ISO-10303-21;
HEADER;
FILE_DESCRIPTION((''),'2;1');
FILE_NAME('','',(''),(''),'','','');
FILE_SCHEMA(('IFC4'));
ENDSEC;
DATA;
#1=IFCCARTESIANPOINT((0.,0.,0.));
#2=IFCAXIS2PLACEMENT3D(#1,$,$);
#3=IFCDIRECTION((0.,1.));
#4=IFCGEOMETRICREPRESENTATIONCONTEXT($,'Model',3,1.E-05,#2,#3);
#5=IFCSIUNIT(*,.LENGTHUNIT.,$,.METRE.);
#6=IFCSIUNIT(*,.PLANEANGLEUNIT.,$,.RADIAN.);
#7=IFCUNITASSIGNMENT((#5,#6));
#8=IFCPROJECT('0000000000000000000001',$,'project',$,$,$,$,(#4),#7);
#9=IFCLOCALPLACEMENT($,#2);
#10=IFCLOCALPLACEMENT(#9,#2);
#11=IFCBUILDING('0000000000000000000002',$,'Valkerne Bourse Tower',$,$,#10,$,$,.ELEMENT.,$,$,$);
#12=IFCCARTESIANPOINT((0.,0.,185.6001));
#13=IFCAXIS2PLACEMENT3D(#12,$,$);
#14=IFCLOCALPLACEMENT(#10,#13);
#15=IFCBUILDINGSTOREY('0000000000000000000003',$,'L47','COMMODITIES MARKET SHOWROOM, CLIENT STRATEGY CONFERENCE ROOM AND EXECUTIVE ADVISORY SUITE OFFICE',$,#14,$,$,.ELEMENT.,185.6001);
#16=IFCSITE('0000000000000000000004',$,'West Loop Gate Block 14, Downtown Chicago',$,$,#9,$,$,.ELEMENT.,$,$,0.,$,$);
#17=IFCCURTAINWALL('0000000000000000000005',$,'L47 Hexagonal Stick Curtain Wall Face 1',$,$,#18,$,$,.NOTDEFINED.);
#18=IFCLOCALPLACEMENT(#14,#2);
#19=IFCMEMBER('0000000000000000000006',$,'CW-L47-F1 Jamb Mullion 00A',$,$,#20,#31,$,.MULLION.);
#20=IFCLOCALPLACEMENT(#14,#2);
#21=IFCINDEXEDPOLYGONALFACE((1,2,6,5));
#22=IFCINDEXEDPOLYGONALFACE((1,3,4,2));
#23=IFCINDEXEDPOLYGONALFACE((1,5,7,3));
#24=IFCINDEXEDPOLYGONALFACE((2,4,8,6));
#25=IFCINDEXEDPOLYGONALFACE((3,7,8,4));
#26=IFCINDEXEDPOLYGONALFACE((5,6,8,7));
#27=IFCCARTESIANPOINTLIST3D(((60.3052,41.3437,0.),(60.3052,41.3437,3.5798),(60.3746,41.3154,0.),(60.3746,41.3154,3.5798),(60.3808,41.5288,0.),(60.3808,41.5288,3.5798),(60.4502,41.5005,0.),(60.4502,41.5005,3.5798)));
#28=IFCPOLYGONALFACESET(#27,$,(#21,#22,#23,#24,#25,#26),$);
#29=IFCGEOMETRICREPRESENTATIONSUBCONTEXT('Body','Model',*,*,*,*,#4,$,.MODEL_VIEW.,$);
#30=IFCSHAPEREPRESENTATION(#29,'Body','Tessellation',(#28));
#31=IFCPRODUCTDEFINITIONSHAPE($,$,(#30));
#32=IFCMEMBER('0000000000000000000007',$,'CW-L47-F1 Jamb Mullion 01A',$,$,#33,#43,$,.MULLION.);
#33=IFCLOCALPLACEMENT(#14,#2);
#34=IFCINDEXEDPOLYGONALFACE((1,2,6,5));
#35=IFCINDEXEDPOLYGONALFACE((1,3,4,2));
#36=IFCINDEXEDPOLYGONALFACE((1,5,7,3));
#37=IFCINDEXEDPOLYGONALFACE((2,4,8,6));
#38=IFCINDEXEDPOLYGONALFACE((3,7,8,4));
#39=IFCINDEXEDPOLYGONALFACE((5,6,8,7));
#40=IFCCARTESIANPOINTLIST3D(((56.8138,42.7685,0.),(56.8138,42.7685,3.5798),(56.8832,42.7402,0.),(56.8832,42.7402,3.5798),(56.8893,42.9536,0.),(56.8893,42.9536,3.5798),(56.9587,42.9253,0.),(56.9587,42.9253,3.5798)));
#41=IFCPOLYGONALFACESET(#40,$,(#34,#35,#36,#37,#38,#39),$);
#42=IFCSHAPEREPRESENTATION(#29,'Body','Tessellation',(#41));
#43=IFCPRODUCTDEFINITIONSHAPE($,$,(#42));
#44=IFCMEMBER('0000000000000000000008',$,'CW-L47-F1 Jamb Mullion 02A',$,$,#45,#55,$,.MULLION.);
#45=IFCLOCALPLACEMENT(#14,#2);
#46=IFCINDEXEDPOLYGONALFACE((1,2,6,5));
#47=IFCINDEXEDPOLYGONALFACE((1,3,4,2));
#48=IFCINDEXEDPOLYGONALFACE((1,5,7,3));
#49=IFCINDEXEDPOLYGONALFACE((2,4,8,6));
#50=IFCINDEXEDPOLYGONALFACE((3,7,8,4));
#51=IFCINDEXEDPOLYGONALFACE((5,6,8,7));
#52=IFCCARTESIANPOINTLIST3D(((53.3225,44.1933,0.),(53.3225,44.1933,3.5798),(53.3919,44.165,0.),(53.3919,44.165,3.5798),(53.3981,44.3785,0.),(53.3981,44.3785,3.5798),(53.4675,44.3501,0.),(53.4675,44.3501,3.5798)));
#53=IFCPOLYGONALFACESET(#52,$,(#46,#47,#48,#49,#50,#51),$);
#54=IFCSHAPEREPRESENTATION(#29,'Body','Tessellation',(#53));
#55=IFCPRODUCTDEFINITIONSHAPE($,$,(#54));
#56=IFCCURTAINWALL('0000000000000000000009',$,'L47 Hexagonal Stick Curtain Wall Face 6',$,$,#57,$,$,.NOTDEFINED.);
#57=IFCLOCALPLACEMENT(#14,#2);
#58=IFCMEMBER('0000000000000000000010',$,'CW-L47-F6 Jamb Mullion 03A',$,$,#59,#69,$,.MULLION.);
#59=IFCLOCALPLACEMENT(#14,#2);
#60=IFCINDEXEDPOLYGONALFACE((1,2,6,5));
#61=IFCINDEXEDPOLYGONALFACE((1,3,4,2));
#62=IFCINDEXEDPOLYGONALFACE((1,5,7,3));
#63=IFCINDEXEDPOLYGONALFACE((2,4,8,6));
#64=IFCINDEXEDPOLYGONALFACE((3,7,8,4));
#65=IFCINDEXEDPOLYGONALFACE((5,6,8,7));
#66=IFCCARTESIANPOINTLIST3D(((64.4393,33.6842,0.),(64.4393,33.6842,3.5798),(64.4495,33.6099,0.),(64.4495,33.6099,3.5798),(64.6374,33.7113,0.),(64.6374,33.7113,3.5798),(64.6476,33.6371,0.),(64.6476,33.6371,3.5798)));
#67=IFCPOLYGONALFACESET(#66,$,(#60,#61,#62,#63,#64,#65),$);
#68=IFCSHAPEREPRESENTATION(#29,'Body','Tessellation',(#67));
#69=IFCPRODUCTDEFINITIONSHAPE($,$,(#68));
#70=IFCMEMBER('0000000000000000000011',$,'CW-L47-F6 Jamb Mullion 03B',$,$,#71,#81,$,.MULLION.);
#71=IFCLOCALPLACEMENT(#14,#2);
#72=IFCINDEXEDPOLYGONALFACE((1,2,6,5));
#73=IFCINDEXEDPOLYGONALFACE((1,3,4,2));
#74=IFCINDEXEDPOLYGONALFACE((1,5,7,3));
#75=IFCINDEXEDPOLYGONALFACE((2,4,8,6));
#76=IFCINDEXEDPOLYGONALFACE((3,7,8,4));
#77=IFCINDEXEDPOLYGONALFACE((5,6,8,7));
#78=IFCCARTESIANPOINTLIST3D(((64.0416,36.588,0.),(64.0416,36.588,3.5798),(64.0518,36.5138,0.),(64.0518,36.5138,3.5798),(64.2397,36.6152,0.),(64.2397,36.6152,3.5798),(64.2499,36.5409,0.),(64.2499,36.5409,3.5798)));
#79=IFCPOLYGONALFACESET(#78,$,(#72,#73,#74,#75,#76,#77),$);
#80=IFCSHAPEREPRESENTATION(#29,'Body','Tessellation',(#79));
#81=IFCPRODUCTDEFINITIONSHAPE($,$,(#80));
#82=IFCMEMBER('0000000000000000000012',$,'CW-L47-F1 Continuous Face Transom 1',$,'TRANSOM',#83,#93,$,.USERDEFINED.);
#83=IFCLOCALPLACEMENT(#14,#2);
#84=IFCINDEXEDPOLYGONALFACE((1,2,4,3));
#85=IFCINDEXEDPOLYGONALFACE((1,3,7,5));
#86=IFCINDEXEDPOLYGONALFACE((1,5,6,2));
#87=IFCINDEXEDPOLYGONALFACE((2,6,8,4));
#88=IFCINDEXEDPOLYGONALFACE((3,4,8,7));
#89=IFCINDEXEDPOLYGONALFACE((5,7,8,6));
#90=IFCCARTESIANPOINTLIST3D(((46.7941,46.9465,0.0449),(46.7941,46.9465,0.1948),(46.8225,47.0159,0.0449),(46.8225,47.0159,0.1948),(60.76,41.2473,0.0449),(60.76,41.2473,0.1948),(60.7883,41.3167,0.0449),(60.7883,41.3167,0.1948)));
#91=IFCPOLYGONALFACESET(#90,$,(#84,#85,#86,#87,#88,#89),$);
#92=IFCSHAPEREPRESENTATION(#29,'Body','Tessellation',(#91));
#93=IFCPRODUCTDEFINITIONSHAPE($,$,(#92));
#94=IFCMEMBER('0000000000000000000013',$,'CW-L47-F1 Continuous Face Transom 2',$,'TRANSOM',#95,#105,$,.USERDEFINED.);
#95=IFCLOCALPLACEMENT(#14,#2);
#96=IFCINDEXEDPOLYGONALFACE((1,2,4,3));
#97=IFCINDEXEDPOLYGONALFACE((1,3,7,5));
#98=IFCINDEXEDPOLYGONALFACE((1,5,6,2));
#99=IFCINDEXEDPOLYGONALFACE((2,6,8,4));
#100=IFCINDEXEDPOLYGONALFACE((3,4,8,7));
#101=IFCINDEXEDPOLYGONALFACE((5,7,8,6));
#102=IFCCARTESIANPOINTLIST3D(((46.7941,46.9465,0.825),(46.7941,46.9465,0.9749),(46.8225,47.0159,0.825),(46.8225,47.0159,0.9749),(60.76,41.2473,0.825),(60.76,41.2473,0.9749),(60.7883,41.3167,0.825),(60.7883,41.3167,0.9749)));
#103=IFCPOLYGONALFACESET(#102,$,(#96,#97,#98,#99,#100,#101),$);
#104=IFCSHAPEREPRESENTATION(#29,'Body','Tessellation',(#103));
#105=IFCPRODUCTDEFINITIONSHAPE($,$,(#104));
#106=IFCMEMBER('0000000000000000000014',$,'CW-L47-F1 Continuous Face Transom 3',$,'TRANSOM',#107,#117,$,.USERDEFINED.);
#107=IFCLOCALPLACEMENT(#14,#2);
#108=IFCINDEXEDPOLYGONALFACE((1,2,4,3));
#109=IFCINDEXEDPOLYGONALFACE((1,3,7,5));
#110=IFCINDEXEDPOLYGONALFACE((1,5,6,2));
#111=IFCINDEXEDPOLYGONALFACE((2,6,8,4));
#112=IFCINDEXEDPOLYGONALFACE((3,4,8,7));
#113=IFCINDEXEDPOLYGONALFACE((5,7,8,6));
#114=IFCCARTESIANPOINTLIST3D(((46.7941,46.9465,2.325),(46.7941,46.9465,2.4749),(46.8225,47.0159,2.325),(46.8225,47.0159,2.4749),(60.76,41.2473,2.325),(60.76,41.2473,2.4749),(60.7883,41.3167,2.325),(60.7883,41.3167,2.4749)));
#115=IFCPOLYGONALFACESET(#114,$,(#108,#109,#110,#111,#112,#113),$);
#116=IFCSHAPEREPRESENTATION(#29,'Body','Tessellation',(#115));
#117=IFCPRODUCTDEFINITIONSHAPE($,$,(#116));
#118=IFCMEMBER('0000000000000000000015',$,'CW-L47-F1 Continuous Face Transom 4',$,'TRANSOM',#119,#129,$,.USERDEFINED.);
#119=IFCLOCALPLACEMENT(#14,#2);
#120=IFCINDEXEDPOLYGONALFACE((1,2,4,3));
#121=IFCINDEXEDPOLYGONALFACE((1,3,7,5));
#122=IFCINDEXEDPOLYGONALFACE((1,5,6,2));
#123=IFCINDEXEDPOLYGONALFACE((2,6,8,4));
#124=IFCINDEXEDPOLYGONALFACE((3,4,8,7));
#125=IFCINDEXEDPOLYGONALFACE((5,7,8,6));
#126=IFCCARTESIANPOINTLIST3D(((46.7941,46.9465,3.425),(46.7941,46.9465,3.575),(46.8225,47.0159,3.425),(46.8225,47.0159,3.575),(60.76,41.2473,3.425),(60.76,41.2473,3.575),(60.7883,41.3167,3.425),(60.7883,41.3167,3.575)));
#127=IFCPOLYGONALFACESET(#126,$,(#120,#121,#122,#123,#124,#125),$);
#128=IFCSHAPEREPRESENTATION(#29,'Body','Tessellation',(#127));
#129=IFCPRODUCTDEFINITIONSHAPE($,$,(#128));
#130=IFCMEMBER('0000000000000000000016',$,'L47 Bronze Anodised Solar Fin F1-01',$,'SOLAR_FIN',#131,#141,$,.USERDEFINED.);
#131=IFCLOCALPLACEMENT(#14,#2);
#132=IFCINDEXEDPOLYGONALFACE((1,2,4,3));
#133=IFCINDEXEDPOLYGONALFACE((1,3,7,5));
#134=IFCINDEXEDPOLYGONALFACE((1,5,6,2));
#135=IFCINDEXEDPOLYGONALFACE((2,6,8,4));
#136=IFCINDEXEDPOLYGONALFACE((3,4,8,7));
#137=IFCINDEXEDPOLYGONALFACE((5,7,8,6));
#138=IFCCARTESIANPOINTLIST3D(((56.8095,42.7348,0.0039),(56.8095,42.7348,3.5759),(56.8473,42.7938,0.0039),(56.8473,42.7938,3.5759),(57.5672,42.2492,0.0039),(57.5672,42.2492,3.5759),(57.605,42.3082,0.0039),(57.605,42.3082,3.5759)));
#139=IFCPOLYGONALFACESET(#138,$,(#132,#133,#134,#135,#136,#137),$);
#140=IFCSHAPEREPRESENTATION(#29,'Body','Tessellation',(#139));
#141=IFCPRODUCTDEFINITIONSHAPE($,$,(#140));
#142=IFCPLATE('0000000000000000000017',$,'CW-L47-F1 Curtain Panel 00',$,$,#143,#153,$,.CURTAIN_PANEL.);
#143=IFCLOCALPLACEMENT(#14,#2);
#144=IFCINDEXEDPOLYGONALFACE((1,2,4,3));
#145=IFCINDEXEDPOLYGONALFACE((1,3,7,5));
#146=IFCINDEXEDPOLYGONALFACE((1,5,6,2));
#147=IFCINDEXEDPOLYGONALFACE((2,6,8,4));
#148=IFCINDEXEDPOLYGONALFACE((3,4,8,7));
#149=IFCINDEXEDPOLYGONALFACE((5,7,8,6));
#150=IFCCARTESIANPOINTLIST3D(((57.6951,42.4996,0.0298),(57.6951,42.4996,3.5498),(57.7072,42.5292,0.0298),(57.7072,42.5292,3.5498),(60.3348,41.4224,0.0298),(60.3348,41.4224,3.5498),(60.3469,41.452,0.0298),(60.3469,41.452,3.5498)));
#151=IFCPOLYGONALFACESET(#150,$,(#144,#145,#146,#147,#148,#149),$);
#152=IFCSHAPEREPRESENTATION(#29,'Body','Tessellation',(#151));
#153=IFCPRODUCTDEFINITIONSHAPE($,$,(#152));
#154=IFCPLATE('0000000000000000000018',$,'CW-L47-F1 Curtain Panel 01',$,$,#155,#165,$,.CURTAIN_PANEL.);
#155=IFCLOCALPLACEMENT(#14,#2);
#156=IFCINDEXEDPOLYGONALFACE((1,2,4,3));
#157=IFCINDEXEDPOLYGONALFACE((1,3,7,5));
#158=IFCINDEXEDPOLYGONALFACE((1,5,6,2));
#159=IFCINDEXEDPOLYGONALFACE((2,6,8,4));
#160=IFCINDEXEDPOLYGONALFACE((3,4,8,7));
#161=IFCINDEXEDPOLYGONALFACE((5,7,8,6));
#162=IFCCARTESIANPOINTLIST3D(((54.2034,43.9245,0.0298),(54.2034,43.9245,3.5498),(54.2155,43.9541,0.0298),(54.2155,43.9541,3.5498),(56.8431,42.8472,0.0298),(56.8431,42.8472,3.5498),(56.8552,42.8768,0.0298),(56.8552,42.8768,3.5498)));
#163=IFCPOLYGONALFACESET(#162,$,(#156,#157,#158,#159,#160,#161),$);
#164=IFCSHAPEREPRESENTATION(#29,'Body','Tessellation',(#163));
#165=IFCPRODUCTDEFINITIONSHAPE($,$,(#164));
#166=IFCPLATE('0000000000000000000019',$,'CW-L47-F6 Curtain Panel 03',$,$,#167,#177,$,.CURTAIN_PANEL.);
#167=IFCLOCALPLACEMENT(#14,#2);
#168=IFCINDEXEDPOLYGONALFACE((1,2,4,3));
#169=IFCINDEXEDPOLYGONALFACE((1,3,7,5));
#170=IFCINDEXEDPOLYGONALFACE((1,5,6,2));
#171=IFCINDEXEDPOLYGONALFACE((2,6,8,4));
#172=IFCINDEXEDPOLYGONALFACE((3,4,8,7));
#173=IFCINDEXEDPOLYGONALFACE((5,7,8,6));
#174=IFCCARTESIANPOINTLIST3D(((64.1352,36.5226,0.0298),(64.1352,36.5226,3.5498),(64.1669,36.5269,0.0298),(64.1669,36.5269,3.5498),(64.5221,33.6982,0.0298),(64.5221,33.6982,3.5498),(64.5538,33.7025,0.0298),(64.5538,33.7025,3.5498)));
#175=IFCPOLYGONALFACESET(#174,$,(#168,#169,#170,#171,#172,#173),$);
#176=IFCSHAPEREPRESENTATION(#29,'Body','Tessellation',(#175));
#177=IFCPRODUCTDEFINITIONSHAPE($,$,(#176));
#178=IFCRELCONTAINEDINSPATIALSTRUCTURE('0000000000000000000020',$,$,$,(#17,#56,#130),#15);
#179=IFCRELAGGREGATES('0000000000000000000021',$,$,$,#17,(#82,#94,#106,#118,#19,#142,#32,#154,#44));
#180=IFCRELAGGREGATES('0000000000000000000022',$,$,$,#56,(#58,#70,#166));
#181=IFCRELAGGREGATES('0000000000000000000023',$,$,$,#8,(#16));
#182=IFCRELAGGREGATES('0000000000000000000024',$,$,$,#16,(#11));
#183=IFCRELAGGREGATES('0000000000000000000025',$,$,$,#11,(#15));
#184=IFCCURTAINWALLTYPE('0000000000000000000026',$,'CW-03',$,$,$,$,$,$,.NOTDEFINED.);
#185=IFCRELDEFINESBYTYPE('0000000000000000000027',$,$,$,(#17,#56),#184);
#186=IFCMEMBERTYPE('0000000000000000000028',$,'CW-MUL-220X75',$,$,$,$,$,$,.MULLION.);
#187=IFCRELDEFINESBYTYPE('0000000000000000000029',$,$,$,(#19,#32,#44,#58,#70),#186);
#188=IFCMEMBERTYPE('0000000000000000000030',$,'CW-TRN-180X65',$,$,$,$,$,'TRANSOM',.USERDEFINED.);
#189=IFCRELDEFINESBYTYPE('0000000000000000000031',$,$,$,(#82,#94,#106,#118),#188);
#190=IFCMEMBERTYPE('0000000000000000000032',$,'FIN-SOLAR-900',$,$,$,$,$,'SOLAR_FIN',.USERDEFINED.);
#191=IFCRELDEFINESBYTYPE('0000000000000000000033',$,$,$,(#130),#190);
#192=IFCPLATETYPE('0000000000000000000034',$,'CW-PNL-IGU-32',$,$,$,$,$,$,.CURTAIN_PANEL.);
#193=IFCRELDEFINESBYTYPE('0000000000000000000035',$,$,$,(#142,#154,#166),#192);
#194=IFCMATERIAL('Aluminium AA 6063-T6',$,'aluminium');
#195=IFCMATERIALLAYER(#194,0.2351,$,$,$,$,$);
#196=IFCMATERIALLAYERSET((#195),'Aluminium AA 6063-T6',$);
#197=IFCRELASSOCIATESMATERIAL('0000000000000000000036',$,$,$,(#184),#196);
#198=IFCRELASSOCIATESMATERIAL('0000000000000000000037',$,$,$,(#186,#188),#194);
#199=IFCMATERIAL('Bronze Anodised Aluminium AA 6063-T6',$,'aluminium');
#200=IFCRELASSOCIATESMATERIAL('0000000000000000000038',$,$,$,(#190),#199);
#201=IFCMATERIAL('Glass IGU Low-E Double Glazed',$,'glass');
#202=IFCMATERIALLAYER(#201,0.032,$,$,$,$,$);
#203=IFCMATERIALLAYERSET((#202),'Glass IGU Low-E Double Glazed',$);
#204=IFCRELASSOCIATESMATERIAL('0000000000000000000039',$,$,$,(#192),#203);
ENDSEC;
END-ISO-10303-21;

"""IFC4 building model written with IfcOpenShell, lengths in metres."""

from ifc_helpers import new_model, si_unit, direction, frame, origin, origin_2d, place, context, subcontext, project, spatial, rectangle, extrude, material, layer, layer_set, material_profile, profile_set, type_object, element, aggregate, save


model = new_model("IFC4")

# Units and contexts
model_context = context("Model", 3, precision=1e-05, world=origin(), true_north=direction((0.0, 1.0)))
body_context = subcontext(model_context, "Body", "Model", "MODEL_VIEW")
ifc_project = project(units=[si_unit("LENGTHUNIT", "METRE"), si_unit("PLANEANGLEUNIT", "RADIAN")], contexts=[model_context])

# Site, building, storey
site_placement = place(None, origin())
site = spatial("IfcSite", under=ifc_project, at=site_placement, Name="West Loop Gate Block 14, Downtown Chicago", CompositionType="ELEMENT", RefElevation=0.0)
building_placement = place(site_placement, origin())
building = spatial("IfcBuilding", under=site, at=building_placement, Name="Valkerne Bourse Tower", CompositionType="ELEMENT")
storey_placement = place(building_placement, frame((0.0, 0.0, 185.6001)))
storey = spatial("IfcBuildingStorey", under=building, at=storey_placement, Name="L47", Description="COMMODITIES MARKET SHOWROOM, CLIENT STRATEGY CONFERENCE ROOM AND EXECUTIVE ADVISORY SUITE OFFICE", CompositionType="ELEMENT", Elevation=185.6001)

# Curtain walls, members
ifc_material_1 = material(Name="Aluminium AA 6063-T6", Category="aluminium")
ifc_layer_1 = layer(ifc_material_1, 0.2351)
ifc_layer_set_1 = layer_set([ifc_layer_1], Name="Aluminium AA 6063-T6")
curtain_wall_type = type_object("IfcCurtainWallType", Name="CW-03", PredefinedType="NOTDEFINED", material=ifc_layer_set_1)
curtain_wall_1_placement = place(storey_placement, origin())
curtain_wall_1 = element("IfcCurtainWall", 1, at=curtain_wall_1_placement, inside=storey, type_object=curtain_wall_type, Name="L47 Hexagonal Stick Curtain Wall Face 1", PredefinedType="NOTDEFINED")
ifc_material_profile_1 = material_profile(ifc_material_1, rectangle(XDim=0.075, YDim=0.2, at=origin_2d()), Name="CWM-75X200")
ifc_profile_set_1 = profile_set([ifc_material_profile_1], Name="Aluminium AA 6063-T6")
member_type_1 = type_object("IfcMemberType", Name="CW-MUL-220X75", PredefinedType="MULLION", material=ifc_profile_set_1)
member_1_placement = place(storey_placement, frame((60.3777, 41.4221, 0.0), z_axis=(0.0, 0.0, 1.0), x_axis=(-0.925876, 0.377828, 0.0)))
member_1 = element("IfcMember", 2, at=member_1_placement, type_object=member_type_1, Name="CW-L47-F1 Jamb Mullion 00A", PredefinedType="MULLION", context=body_context, shape_type="SweptSolid", body=[
    extrude(rectangle(XDim=0.075, YDim=0.2, at=origin_2d()), origin(), (0.0, 0.0, 1.0), 3.5798),
])
member_2_placement = place(storey_placement, frame((56.8862, 42.8469, 0.0), z_axis=(0.0, 0.0, 1.0), x_axis=(-0.925863, 0.37786, 0.0)))
member_2 = element("IfcMember", 3, at=member_2_placement, type_object=member_type_1, Name="CW-L47-F1 Jamb Mullion 01A", PredefinedType="MULLION", context=body_context, shape_type="SweptSolid", body=[
    extrude(rectangle(XDim=0.075, YDim=0.2, at=origin_2d()), origin(), (0.0, 0.0, 1.0), 3.5798),
])
member_3_placement = place(storey_placement, frame((53.395, 44.2717, 0.0), z_axis=(0.0, 0.0, 1.0), x_axis=(-0.925876, 0.377828, 0.0)))
member_3 = element("IfcMember", 4, at=member_3_placement, type_object=member_type_1, Name="CW-L47-F1 Jamb Mullion 02A", PredefinedType="MULLION", context=body_context, shape_type="SweptSolid", body=[
    extrude(rectangle(XDim=0.075, YDim=0.2, at=origin_2d()), origin(), (0.0, 0.0, 1.0), 3.5798),
])
curtain_wall_2_placement = place(storey_placement, origin())
curtain_wall_2 = element("IfcCurtainWall", 5, at=curtain_wall_2_placement, inside=storey, type_object=curtain_wall_type, Name="L47 Hexagonal Stick Curtain Wall Face 6", PredefinedType="NOTDEFINED")
member_4_placement = place(storey_placement, frame((64.5435, 33.6606, 0.0), z_axis=(0.0, 0.0, 1.0), x_axis=(-0.13572, 0.990747, 0.0)))
member_4 = element("IfcMember", 6, at=member_4_placement, type_object=member_type_1, Name="CW-L47-F6 Jamb Mullion 03A", PredefinedType="MULLION", context=body_context, shape_type="SweptSolid", body=[
    extrude(rectangle(XDim=0.075, YDim=0.2, at=origin_2d()), origin(), (0.0, 0.0, 1.0), 3.5798),
])
member_5_placement = place(storey_placement, frame((64.1458, 36.5645, 0.0), z_axis=(0.0, 0.0, 1.0), x_axis=(-0.13572, 0.990747, 0.0)))
member_5 = element("IfcMember", 7, at=member_5_placement, type_object=member_type_1, Name="CW-L47-F6 Jamb Mullion 03B", PredefinedType="MULLION", context=body_context, shape_type="SweptSolid", body=[
    extrude(rectangle(XDim=0.075, YDim=0.2, at=origin_2d()), origin(), (0.0, 0.0, 1.0), 3.5798),
])

# Members
ifc_material_profile_2 = material_profile(ifc_material_1, rectangle(XDim=0.075, YDim=0.1499, at=origin_2d()), Name="CWT-75X150")
ifc_profile_set_2 = profile_set([ifc_material_profile_2], Name="Aluminium AA 6063-T6")
member_type_2 = type_object("IfcMemberType", Name="CW-TRN-180X65", ElementType="TRANSOM", PredefinedType="USERDEFINED", material=ifc_profile_set_2)
member_6_placement = place(storey_placement, frame((60.7742, 41.282, 0.1199), z_axis=(-0.925874, 0.377834, 0.0), x_axis=(-0.377834, -0.925874, 0.0)))
member_6 = element("IfcMember", 8, at=member_6_placement, type_object=member_type_2, Name="CW-L47-F1 Continuous Face Transom 1", ObjectType="TRANSOM", PredefinedType="USERDEFINED", context=body_context, shape_type="SweptSolid", body=[
    extrude(rectangle(XDim=0.075, YDim=0.1499, at=origin_2d()), origin(), (0.0, 0.0, 1.0), 15.084),
])
member_7_placement = place(storey_placement, frame((60.7742, 41.282, 0.8999), z_axis=(-0.925874, 0.377834, 0.0), x_axis=(-0.377834, -0.925874, 0.0)))
member_7 = element("IfcMember", 9, at=member_7_placement, type_object=member_type_2, Name="CW-L47-F1 Continuous Face Transom 2", ObjectType="TRANSOM", PredefinedType="USERDEFINED", context=body_context, shape_type="SweptSolid", body=[
    extrude(rectangle(XDim=0.075, YDim=0.1499, at=origin_2d()), origin(), (0.0, 0.0, 1.0), 15.084),
])
member_8_placement = place(storey_placement, frame((60.7742, 41.282, 2.3999), z_axis=(-0.925874, 0.377834, 0.0), x_axis=(-0.377834, -0.925874, 0.0)))
member_8 = element("IfcMember", 10, at=member_8_placement, type_object=member_type_2, Name="CW-L47-F1 Continuous Face Transom 3", ObjectType="TRANSOM", PredefinedType="USERDEFINED", context=body_context, shape_type="SweptSolid", body=[
    extrude(rectangle(XDim=0.075, YDim=0.1499, at=origin_2d()), origin(), (0.0, 0.0, 1.0), 15.084),
])
member_9_placement = place(storey_placement, frame((60.7742, 41.282, 3.5), z_axis=(-0.925874, 0.377834, 0.0), x_axis=(-0.377834, -0.925874, 0.0)))
member_9 = element("IfcMember", 11, at=member_9_placement, type_object=member_type_2, Name="CW-L47-F1 Continuous Face Transom 4", ObjectType="TRANSOM", PredefinedType="USERDEFINED", context=body_context, shape_type="SweptSolid", body=[
    extrude(rectangle(XDim=0.075, YDim=0.1499, at=origin_2d()), origin(), (0.0, 0.0, 1.0), 15.084),
])
ifc_material_2 = material(Name="Bronze Anodised Aluminium AA 6063-T6", Category="aluminium")
ifc_material_profile_3 = material_profile(ifc_material_2, rectangle(XDim=0.0701, YDim=0.8999, at=origin_2d()), Name="FIN-70X900")
ifc_profile_set_3 = profile_set([ifc_material_profile_3], Name="Bronze Anodised Aluminium AA 6063-T6")
member_type_3 = type_object("IfcMemberType", Name="FIN-SOLAR-900", ElementType="SOLAR_FIN", PredefinedType="USERDEFINED", material=ifc_profile_set_3)
member_10_placement = place(storey_placement, frame((57.2073, 42.5215, 0.0039), z_axis=(0.0, 0.0, 1.0), x_axis=(0.539564, 0.841945, 0.0)))
element("IfcMember", 12, at=member_10_placement, inside=storey, type_object=member_type_3, Name="L47 Bronze Anodised Solar Fin F1-01", ObjectType="SOLAR_FIN", PredefinedType="USERDEFINED", context=body_context, shape_type="SweptSolid", body=[
    extrude(rectangle(XDim=0.0701, YDim=0.8999, at=origin_2d()), origin(), (0.0, 0.0, 1.0), 3.572),
])

# Plates
ifc_material_3 = material(Name="Glass IGU Low-E Double Glazed", Category="glass")
ifc_layer_2 = layer(ifc_material_3, 0.032)
ifc_layer_set_2 = layer_set([ifc_layer_2], Name="Glass IGU Low-E Double Glazed")
plate_type = type_object("IfcPlateType", Name="CW-PNL-IGU-32", PredefinedType="CURTAIN_PANEL", material=ifc_layer_set_2)
plate_1_placement = place(storey_placement, frame((59.021, 41.9758, 0.0298), z_axis=(0.0, 0.0, 1.0), x_axis=(-0.925876, 0.377828, 0.0)))
plate_1 = element("IfcPlate", 13, at=plate_1_placement, type_object=plate_type, Name="CW-L47-F1 Curtain Panel 00", PredefinedType="CURTAIN_PANEL", context=body_context, shape_type="SweptSolid", body=[
    extrude(rectangle(XDim=2.8511, YDim=0.032, at=origin_2d()), origin(), (0.0, 0.0, 1.0), 3.52),
])
plate_2_placement = place(storey_placement, frame((55.5293, 43.4006, 0.0298), z_axis=(0.0, 0.0, 1.0), x_axis=(-0.925863, 0.37786, 0.0)))
plate_2 = element("IfcPlate", 14, at=plate_2_placement, type_object=plate_type, Name="CW-L47-F1 Curtain Panel 01", PredefinedType="CURTAIN_PANEL", context=body_context, shape_type="SweptSolid", body=[
    extrude(rectangle(XDim=2.8511, YDim=0.032, at=origin_2d()), origin(), (0.0, 0.0, 1.0), 3.52),
])
aggregate(curtain_wall_1, [member_6, member_7, member_8, member_9, member_1, plate_1, member_2, plate_2, member_3])
plate_3_placement = place(storey_placement, frame((64.3445, 35.1125, 0.0298), z_axis=(0.0, 0.0, 1.0), x_axis=(-0.13572, 0.990747, 0.0)))
plate_3 = element("IfcPlate", 15, at=plate_3_placement, type_object=plate_type, Name="CW-L47-F6 Curtain Panel 03", PredefinedType="CURTAIN_PANEL", context=body_context, shape_type="SweptSolid", body=[
    extrude(rectangle(XDim=2.8508, YDim=0.032, at=origin_2d()), origin(), (0.0, 0.0, 1.0), 3.52),
])
aggregate(curtain_wall_2, [member_4, member_5, plate_3])

save(model, "model.ifc")
